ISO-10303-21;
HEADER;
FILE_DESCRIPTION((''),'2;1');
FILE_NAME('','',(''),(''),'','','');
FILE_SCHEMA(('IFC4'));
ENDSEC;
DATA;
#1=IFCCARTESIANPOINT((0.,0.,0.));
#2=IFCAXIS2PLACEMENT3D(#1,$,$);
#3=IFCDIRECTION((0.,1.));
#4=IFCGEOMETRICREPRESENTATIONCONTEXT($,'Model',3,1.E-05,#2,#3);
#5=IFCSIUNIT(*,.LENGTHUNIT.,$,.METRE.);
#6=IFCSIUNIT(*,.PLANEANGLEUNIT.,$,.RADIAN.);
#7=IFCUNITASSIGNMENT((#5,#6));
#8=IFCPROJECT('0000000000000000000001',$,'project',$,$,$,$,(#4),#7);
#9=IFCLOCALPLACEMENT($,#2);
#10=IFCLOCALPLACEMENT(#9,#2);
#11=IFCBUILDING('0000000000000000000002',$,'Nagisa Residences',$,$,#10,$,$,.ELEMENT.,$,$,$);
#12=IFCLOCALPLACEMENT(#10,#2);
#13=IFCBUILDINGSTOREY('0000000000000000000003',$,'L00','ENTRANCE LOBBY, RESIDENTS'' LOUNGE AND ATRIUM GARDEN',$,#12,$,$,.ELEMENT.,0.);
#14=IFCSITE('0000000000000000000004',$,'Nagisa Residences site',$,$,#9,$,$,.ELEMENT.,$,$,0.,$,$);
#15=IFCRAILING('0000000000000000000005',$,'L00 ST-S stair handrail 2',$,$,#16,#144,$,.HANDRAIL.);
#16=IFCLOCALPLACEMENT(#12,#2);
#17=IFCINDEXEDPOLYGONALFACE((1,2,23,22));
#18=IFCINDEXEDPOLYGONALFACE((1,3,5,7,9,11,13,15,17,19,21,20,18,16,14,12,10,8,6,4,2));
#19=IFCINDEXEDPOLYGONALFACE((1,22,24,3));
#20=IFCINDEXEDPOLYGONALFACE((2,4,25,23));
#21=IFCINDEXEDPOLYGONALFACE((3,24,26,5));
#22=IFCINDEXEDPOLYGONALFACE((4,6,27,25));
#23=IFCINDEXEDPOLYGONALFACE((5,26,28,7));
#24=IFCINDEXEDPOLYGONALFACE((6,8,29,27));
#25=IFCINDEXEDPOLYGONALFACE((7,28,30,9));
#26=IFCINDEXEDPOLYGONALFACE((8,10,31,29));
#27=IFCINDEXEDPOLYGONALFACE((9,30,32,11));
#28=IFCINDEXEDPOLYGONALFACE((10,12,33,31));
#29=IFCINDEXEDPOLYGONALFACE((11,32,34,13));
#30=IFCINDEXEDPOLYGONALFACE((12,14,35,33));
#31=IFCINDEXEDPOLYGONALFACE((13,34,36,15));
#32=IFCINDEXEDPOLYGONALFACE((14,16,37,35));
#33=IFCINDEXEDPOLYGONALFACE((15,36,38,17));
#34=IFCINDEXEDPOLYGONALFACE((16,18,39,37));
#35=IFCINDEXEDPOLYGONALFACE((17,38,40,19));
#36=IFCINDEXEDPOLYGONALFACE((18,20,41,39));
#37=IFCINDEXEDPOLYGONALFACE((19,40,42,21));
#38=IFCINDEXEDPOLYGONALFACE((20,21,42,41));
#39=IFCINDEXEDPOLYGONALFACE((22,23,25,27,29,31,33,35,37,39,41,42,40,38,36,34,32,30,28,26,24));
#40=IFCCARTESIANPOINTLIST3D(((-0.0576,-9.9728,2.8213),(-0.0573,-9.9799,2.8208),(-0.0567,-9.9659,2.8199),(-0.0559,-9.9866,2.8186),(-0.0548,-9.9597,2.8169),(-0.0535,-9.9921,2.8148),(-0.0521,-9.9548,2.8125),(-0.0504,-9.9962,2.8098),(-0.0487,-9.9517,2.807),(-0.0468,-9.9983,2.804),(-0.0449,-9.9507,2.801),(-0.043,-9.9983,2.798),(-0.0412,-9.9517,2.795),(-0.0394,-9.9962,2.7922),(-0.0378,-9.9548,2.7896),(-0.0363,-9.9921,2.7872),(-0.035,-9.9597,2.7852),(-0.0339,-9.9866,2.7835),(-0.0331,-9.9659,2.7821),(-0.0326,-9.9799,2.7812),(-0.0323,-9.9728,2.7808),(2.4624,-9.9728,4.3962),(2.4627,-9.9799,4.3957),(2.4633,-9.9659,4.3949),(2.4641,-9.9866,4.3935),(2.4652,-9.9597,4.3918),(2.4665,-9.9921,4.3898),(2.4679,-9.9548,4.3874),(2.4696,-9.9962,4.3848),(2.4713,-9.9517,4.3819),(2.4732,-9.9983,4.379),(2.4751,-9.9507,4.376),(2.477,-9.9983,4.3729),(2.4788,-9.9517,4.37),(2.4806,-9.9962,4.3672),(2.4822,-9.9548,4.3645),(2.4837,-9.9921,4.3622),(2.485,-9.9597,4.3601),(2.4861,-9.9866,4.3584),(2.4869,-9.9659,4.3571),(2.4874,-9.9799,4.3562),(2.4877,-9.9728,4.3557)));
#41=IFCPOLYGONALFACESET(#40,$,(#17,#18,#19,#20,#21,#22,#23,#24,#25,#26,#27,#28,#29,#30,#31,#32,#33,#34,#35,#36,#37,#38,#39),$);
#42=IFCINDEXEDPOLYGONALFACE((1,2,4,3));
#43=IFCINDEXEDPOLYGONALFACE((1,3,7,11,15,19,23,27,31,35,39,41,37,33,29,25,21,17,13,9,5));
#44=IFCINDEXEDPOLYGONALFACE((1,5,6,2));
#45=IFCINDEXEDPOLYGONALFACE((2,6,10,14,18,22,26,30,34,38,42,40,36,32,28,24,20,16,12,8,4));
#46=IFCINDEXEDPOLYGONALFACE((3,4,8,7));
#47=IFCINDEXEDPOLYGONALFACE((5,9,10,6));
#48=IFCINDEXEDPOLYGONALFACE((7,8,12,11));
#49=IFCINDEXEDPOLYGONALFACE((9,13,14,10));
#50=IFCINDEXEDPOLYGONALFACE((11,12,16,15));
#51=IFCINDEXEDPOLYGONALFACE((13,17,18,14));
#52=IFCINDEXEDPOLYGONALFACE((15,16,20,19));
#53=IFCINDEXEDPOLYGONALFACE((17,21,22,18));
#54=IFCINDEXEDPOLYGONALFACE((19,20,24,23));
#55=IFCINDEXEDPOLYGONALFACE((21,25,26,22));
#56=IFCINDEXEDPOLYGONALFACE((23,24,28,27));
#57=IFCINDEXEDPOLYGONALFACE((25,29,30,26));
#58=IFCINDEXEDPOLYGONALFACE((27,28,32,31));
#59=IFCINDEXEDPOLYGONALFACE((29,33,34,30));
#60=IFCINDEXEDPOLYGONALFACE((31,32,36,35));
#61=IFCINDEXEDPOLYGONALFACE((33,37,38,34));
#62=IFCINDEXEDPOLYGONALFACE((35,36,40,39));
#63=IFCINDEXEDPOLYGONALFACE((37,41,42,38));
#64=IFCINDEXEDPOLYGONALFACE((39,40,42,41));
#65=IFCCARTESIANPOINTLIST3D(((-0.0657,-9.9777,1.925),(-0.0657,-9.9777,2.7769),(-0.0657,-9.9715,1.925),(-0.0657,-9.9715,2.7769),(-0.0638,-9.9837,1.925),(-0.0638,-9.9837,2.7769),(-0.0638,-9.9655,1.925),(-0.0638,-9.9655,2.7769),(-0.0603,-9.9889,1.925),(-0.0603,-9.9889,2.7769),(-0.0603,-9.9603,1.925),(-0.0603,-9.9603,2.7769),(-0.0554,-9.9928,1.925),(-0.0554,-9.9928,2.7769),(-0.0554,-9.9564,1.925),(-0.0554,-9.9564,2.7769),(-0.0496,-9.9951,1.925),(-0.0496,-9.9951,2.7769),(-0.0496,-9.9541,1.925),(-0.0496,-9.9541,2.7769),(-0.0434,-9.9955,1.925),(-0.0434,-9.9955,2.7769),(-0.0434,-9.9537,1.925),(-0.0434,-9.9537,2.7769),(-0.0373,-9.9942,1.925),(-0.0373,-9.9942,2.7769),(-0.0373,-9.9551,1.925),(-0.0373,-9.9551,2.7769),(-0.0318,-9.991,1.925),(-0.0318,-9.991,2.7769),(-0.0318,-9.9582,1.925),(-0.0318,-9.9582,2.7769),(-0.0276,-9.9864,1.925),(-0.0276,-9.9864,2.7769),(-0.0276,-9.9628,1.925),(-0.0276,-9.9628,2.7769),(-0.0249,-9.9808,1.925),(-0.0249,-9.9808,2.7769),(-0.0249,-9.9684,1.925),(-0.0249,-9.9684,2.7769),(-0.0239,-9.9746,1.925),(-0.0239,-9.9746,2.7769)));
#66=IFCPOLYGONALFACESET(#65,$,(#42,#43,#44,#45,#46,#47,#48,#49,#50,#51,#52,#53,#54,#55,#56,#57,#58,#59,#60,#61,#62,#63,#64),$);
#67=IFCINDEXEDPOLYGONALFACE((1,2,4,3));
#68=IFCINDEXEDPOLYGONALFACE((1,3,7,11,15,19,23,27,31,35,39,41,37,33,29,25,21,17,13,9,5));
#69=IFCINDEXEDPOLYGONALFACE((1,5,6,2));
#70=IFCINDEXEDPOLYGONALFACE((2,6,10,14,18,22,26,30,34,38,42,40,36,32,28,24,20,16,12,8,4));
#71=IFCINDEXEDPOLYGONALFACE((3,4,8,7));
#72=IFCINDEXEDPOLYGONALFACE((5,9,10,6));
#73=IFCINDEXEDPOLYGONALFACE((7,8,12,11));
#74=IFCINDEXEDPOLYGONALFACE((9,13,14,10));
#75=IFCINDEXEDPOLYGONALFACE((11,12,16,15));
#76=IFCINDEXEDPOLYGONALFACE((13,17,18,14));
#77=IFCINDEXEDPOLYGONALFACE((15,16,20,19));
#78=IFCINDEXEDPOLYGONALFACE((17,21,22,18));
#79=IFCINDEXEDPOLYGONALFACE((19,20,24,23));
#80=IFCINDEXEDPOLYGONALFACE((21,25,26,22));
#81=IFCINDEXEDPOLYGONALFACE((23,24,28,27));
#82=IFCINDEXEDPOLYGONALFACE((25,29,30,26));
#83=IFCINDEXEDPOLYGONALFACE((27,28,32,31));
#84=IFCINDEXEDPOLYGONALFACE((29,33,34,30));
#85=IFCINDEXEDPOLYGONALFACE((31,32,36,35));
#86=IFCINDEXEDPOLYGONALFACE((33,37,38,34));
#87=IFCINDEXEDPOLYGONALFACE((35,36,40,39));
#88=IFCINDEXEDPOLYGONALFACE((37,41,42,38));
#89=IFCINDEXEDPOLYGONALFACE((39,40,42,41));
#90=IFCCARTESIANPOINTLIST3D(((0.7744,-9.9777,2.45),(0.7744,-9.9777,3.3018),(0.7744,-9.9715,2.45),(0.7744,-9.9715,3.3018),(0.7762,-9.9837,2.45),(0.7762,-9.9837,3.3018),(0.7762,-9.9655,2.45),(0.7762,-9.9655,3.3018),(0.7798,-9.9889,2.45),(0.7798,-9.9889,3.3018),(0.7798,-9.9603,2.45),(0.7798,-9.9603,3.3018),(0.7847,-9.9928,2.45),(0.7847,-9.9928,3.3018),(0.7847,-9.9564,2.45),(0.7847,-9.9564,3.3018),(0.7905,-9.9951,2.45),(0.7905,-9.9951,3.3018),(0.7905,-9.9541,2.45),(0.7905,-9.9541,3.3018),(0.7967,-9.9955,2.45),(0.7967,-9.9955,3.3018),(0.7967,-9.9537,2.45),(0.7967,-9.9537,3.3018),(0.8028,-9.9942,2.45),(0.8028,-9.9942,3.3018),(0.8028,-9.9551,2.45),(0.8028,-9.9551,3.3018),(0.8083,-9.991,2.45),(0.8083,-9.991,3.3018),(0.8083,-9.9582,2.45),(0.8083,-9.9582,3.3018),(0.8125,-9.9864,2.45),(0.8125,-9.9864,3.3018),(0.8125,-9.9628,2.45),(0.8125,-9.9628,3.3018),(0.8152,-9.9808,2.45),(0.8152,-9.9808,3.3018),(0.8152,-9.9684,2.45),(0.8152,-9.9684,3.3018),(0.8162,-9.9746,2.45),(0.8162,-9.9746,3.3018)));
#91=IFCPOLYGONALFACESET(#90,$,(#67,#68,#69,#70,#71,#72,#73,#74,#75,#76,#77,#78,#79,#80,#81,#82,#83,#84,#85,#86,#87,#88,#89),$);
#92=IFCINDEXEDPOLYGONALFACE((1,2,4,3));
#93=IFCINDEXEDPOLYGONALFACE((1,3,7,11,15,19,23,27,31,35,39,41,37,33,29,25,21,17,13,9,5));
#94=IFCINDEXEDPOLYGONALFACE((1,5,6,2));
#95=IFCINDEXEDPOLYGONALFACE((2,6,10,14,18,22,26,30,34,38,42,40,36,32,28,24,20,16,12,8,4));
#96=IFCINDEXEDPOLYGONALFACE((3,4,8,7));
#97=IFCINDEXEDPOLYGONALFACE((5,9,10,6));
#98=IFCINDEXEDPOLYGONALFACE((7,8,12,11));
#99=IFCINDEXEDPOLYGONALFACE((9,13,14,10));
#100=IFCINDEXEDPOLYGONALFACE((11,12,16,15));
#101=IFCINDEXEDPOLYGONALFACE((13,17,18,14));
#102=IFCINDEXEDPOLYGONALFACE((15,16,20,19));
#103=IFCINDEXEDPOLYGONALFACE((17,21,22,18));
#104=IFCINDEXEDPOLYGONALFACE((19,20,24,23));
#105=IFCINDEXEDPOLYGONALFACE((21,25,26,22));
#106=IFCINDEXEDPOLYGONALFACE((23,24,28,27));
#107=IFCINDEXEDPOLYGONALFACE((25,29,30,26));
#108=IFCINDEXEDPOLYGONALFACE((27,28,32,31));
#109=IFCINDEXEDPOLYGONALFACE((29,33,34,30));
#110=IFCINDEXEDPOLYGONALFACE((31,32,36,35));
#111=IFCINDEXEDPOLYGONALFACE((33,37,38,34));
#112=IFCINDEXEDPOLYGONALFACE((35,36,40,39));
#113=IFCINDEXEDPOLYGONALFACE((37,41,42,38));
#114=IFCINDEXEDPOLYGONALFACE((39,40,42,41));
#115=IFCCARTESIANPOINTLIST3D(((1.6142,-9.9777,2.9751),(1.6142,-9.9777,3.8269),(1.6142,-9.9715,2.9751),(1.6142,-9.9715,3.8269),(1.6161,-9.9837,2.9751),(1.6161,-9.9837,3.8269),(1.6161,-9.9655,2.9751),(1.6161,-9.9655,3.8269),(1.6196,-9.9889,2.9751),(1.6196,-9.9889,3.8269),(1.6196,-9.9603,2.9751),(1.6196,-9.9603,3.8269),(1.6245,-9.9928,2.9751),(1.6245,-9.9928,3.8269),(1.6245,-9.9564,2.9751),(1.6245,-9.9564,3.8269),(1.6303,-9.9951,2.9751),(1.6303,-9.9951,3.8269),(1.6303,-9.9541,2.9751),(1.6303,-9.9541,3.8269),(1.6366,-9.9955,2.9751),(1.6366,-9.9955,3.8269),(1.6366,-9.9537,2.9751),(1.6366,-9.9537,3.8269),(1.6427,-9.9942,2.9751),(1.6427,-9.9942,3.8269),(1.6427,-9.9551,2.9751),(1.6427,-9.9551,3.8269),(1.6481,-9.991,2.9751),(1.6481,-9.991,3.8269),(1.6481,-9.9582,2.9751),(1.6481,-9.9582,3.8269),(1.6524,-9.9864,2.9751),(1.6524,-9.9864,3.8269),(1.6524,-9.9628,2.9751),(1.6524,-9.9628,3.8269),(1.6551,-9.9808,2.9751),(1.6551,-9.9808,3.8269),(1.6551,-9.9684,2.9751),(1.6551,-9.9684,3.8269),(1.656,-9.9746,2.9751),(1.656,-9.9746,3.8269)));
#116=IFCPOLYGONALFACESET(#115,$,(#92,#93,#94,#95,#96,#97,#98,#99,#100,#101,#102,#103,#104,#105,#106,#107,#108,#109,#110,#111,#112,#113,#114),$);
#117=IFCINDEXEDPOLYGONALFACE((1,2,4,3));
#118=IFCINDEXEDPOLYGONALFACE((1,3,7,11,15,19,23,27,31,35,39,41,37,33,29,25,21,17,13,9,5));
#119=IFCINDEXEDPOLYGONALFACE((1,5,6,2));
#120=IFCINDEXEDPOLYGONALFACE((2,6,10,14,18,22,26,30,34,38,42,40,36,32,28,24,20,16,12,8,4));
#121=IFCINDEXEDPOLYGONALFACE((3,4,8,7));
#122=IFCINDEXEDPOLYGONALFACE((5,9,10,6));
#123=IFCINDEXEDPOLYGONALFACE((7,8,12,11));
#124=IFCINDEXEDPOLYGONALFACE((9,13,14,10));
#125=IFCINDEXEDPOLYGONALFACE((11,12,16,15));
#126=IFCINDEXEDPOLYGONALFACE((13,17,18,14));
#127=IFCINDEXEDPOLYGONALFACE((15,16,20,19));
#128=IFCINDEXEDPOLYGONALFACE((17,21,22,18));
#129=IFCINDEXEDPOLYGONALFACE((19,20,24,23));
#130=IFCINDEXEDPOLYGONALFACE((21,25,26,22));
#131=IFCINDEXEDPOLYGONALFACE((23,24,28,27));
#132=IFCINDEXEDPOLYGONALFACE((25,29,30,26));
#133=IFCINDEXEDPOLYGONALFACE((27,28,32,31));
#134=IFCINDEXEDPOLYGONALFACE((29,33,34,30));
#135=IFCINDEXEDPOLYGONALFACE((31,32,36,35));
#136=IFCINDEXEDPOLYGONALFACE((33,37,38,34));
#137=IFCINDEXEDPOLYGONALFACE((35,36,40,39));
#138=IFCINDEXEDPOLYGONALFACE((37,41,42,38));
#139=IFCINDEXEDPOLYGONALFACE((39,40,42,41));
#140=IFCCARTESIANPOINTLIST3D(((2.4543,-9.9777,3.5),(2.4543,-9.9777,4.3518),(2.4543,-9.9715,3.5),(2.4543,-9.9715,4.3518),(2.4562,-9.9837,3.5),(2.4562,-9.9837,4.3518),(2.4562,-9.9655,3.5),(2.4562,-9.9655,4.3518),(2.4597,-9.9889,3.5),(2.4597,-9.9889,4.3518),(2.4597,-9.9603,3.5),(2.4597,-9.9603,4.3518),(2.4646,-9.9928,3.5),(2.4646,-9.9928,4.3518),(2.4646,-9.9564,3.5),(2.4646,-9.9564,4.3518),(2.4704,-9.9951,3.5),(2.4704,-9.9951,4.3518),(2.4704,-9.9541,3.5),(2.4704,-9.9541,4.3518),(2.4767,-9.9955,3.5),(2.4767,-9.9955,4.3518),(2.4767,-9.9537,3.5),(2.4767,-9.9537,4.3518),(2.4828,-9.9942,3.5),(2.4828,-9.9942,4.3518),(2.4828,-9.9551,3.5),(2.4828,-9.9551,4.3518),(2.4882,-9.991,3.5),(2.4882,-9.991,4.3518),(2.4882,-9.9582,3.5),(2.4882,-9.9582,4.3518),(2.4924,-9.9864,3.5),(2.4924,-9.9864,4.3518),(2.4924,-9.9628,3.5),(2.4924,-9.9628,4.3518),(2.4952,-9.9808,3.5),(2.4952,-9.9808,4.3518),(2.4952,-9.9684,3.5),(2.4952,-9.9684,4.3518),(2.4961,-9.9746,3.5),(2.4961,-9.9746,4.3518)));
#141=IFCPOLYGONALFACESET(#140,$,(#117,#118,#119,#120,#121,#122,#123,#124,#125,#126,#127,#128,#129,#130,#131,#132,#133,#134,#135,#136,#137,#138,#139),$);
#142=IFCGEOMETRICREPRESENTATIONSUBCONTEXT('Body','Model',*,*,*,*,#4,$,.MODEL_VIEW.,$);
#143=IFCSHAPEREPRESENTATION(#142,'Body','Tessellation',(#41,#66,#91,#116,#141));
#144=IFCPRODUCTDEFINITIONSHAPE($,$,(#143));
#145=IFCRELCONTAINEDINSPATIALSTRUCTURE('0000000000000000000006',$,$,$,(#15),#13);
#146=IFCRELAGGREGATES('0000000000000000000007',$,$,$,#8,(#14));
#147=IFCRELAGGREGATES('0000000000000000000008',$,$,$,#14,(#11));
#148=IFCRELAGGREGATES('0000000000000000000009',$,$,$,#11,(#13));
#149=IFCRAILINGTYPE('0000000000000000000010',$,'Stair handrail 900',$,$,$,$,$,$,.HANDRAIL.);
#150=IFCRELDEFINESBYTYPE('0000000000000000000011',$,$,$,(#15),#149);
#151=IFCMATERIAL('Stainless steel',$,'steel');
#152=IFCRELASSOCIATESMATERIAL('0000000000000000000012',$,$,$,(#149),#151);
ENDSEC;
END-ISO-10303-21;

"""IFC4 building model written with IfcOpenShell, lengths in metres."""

from ifc_helpers import new_model, si_unit, direction, frame, origin, origin_2d, place, context, subcontext, project, spatial, circle, extrude, material, type_object, element, save


model = new_model("IFC4")

# Units and contexts
model_context = context("Model", 3, precision=1e-05, world=origin(), true_north=direction((0.0, 1.0)))
body_context = subcontext(model_context, "Body", "Model", "MODEL_VIEW")
ifc_project = project(units=[si_unit("LENGTHUNIT", "METRE"), si_unit("PLANEANGLEUNIT", "RADIAN")], contexts=[model_context])

# Site, building, storey
site_placement = place(None, origin())
site = spatial("IfcSite", under=ifc_project, at=site_placement, Name="Nagisa Residences site", CompositionType="ELEMENT", RefElevation=0.0)
building_placement = place(site_placement, origin())
building = spatial("IfcBuilding", under=site, at=building_placement, Name="Nagisa Residences", CompositionType="ELEMENT")
storey_placement = place(building_placement, origin())
storey = spatial("IfcBuildingStorey", under=building, at=storey_placement, Name="L00", Description="ENTRANCE LOBBY, RESIDENTS' LOUNGE AND ATRIUM GARDEN", CompositionType="ELEMENT", Elevation=0.0)

# Railing
ifc_material_1 = material(Name="Stainless steel", Category="steel")
railing_type_1 = type_object("IfcRailingType", Name="Stair handrail 900", PredefinedType="HANDRAIL", material=ifc_material_1)
for number, where, name in (
    (1, (-0.0449, -9.9746, 1.925), "L00 ST-S stair handrail 2"),
):
    element("IfcRailing", number, at=place(storey_placement, frame(where)), inside=storey, type_object=railing_type_1, Name=name, PredefinedType="HANDRAIL", context=body_context, shape_type="SweptSolid", body=[
        extrude(circle(Radius=0.0239, at=origin_2d()), frame((0.0, 0.0, 0.876), z_axis=(0.848008, 0.0, 0.529984), x_axis=(0.0, 1.0, 0.0)), (0.0, 0.0, 1.0), 2.9717),
        extrude(circle(Radius=0.021, at=origin_2d()), origin(), (0.0, 0.0, 1.0), 0.8518),
        extrude(circle(Radius=0.021, at=origin_2d()), frame((0.8401, 0.0, 0.5249)), (0.0, 0.0, 1.0), 0.8518),
        extrude(circle(Radius=0.021, at=origin_2d()), frame((1.6799, 0.0, 1.05)), (0.0, 0.0, 1.0), 0.8518),
        extrude(circle(Radius=0.021, at=origin_2d()), frame((2.52, 0.0, 1.575)), (0.0, 0.0, 1.0), 0.8518),
    ])

save(model, "model.ifc")
